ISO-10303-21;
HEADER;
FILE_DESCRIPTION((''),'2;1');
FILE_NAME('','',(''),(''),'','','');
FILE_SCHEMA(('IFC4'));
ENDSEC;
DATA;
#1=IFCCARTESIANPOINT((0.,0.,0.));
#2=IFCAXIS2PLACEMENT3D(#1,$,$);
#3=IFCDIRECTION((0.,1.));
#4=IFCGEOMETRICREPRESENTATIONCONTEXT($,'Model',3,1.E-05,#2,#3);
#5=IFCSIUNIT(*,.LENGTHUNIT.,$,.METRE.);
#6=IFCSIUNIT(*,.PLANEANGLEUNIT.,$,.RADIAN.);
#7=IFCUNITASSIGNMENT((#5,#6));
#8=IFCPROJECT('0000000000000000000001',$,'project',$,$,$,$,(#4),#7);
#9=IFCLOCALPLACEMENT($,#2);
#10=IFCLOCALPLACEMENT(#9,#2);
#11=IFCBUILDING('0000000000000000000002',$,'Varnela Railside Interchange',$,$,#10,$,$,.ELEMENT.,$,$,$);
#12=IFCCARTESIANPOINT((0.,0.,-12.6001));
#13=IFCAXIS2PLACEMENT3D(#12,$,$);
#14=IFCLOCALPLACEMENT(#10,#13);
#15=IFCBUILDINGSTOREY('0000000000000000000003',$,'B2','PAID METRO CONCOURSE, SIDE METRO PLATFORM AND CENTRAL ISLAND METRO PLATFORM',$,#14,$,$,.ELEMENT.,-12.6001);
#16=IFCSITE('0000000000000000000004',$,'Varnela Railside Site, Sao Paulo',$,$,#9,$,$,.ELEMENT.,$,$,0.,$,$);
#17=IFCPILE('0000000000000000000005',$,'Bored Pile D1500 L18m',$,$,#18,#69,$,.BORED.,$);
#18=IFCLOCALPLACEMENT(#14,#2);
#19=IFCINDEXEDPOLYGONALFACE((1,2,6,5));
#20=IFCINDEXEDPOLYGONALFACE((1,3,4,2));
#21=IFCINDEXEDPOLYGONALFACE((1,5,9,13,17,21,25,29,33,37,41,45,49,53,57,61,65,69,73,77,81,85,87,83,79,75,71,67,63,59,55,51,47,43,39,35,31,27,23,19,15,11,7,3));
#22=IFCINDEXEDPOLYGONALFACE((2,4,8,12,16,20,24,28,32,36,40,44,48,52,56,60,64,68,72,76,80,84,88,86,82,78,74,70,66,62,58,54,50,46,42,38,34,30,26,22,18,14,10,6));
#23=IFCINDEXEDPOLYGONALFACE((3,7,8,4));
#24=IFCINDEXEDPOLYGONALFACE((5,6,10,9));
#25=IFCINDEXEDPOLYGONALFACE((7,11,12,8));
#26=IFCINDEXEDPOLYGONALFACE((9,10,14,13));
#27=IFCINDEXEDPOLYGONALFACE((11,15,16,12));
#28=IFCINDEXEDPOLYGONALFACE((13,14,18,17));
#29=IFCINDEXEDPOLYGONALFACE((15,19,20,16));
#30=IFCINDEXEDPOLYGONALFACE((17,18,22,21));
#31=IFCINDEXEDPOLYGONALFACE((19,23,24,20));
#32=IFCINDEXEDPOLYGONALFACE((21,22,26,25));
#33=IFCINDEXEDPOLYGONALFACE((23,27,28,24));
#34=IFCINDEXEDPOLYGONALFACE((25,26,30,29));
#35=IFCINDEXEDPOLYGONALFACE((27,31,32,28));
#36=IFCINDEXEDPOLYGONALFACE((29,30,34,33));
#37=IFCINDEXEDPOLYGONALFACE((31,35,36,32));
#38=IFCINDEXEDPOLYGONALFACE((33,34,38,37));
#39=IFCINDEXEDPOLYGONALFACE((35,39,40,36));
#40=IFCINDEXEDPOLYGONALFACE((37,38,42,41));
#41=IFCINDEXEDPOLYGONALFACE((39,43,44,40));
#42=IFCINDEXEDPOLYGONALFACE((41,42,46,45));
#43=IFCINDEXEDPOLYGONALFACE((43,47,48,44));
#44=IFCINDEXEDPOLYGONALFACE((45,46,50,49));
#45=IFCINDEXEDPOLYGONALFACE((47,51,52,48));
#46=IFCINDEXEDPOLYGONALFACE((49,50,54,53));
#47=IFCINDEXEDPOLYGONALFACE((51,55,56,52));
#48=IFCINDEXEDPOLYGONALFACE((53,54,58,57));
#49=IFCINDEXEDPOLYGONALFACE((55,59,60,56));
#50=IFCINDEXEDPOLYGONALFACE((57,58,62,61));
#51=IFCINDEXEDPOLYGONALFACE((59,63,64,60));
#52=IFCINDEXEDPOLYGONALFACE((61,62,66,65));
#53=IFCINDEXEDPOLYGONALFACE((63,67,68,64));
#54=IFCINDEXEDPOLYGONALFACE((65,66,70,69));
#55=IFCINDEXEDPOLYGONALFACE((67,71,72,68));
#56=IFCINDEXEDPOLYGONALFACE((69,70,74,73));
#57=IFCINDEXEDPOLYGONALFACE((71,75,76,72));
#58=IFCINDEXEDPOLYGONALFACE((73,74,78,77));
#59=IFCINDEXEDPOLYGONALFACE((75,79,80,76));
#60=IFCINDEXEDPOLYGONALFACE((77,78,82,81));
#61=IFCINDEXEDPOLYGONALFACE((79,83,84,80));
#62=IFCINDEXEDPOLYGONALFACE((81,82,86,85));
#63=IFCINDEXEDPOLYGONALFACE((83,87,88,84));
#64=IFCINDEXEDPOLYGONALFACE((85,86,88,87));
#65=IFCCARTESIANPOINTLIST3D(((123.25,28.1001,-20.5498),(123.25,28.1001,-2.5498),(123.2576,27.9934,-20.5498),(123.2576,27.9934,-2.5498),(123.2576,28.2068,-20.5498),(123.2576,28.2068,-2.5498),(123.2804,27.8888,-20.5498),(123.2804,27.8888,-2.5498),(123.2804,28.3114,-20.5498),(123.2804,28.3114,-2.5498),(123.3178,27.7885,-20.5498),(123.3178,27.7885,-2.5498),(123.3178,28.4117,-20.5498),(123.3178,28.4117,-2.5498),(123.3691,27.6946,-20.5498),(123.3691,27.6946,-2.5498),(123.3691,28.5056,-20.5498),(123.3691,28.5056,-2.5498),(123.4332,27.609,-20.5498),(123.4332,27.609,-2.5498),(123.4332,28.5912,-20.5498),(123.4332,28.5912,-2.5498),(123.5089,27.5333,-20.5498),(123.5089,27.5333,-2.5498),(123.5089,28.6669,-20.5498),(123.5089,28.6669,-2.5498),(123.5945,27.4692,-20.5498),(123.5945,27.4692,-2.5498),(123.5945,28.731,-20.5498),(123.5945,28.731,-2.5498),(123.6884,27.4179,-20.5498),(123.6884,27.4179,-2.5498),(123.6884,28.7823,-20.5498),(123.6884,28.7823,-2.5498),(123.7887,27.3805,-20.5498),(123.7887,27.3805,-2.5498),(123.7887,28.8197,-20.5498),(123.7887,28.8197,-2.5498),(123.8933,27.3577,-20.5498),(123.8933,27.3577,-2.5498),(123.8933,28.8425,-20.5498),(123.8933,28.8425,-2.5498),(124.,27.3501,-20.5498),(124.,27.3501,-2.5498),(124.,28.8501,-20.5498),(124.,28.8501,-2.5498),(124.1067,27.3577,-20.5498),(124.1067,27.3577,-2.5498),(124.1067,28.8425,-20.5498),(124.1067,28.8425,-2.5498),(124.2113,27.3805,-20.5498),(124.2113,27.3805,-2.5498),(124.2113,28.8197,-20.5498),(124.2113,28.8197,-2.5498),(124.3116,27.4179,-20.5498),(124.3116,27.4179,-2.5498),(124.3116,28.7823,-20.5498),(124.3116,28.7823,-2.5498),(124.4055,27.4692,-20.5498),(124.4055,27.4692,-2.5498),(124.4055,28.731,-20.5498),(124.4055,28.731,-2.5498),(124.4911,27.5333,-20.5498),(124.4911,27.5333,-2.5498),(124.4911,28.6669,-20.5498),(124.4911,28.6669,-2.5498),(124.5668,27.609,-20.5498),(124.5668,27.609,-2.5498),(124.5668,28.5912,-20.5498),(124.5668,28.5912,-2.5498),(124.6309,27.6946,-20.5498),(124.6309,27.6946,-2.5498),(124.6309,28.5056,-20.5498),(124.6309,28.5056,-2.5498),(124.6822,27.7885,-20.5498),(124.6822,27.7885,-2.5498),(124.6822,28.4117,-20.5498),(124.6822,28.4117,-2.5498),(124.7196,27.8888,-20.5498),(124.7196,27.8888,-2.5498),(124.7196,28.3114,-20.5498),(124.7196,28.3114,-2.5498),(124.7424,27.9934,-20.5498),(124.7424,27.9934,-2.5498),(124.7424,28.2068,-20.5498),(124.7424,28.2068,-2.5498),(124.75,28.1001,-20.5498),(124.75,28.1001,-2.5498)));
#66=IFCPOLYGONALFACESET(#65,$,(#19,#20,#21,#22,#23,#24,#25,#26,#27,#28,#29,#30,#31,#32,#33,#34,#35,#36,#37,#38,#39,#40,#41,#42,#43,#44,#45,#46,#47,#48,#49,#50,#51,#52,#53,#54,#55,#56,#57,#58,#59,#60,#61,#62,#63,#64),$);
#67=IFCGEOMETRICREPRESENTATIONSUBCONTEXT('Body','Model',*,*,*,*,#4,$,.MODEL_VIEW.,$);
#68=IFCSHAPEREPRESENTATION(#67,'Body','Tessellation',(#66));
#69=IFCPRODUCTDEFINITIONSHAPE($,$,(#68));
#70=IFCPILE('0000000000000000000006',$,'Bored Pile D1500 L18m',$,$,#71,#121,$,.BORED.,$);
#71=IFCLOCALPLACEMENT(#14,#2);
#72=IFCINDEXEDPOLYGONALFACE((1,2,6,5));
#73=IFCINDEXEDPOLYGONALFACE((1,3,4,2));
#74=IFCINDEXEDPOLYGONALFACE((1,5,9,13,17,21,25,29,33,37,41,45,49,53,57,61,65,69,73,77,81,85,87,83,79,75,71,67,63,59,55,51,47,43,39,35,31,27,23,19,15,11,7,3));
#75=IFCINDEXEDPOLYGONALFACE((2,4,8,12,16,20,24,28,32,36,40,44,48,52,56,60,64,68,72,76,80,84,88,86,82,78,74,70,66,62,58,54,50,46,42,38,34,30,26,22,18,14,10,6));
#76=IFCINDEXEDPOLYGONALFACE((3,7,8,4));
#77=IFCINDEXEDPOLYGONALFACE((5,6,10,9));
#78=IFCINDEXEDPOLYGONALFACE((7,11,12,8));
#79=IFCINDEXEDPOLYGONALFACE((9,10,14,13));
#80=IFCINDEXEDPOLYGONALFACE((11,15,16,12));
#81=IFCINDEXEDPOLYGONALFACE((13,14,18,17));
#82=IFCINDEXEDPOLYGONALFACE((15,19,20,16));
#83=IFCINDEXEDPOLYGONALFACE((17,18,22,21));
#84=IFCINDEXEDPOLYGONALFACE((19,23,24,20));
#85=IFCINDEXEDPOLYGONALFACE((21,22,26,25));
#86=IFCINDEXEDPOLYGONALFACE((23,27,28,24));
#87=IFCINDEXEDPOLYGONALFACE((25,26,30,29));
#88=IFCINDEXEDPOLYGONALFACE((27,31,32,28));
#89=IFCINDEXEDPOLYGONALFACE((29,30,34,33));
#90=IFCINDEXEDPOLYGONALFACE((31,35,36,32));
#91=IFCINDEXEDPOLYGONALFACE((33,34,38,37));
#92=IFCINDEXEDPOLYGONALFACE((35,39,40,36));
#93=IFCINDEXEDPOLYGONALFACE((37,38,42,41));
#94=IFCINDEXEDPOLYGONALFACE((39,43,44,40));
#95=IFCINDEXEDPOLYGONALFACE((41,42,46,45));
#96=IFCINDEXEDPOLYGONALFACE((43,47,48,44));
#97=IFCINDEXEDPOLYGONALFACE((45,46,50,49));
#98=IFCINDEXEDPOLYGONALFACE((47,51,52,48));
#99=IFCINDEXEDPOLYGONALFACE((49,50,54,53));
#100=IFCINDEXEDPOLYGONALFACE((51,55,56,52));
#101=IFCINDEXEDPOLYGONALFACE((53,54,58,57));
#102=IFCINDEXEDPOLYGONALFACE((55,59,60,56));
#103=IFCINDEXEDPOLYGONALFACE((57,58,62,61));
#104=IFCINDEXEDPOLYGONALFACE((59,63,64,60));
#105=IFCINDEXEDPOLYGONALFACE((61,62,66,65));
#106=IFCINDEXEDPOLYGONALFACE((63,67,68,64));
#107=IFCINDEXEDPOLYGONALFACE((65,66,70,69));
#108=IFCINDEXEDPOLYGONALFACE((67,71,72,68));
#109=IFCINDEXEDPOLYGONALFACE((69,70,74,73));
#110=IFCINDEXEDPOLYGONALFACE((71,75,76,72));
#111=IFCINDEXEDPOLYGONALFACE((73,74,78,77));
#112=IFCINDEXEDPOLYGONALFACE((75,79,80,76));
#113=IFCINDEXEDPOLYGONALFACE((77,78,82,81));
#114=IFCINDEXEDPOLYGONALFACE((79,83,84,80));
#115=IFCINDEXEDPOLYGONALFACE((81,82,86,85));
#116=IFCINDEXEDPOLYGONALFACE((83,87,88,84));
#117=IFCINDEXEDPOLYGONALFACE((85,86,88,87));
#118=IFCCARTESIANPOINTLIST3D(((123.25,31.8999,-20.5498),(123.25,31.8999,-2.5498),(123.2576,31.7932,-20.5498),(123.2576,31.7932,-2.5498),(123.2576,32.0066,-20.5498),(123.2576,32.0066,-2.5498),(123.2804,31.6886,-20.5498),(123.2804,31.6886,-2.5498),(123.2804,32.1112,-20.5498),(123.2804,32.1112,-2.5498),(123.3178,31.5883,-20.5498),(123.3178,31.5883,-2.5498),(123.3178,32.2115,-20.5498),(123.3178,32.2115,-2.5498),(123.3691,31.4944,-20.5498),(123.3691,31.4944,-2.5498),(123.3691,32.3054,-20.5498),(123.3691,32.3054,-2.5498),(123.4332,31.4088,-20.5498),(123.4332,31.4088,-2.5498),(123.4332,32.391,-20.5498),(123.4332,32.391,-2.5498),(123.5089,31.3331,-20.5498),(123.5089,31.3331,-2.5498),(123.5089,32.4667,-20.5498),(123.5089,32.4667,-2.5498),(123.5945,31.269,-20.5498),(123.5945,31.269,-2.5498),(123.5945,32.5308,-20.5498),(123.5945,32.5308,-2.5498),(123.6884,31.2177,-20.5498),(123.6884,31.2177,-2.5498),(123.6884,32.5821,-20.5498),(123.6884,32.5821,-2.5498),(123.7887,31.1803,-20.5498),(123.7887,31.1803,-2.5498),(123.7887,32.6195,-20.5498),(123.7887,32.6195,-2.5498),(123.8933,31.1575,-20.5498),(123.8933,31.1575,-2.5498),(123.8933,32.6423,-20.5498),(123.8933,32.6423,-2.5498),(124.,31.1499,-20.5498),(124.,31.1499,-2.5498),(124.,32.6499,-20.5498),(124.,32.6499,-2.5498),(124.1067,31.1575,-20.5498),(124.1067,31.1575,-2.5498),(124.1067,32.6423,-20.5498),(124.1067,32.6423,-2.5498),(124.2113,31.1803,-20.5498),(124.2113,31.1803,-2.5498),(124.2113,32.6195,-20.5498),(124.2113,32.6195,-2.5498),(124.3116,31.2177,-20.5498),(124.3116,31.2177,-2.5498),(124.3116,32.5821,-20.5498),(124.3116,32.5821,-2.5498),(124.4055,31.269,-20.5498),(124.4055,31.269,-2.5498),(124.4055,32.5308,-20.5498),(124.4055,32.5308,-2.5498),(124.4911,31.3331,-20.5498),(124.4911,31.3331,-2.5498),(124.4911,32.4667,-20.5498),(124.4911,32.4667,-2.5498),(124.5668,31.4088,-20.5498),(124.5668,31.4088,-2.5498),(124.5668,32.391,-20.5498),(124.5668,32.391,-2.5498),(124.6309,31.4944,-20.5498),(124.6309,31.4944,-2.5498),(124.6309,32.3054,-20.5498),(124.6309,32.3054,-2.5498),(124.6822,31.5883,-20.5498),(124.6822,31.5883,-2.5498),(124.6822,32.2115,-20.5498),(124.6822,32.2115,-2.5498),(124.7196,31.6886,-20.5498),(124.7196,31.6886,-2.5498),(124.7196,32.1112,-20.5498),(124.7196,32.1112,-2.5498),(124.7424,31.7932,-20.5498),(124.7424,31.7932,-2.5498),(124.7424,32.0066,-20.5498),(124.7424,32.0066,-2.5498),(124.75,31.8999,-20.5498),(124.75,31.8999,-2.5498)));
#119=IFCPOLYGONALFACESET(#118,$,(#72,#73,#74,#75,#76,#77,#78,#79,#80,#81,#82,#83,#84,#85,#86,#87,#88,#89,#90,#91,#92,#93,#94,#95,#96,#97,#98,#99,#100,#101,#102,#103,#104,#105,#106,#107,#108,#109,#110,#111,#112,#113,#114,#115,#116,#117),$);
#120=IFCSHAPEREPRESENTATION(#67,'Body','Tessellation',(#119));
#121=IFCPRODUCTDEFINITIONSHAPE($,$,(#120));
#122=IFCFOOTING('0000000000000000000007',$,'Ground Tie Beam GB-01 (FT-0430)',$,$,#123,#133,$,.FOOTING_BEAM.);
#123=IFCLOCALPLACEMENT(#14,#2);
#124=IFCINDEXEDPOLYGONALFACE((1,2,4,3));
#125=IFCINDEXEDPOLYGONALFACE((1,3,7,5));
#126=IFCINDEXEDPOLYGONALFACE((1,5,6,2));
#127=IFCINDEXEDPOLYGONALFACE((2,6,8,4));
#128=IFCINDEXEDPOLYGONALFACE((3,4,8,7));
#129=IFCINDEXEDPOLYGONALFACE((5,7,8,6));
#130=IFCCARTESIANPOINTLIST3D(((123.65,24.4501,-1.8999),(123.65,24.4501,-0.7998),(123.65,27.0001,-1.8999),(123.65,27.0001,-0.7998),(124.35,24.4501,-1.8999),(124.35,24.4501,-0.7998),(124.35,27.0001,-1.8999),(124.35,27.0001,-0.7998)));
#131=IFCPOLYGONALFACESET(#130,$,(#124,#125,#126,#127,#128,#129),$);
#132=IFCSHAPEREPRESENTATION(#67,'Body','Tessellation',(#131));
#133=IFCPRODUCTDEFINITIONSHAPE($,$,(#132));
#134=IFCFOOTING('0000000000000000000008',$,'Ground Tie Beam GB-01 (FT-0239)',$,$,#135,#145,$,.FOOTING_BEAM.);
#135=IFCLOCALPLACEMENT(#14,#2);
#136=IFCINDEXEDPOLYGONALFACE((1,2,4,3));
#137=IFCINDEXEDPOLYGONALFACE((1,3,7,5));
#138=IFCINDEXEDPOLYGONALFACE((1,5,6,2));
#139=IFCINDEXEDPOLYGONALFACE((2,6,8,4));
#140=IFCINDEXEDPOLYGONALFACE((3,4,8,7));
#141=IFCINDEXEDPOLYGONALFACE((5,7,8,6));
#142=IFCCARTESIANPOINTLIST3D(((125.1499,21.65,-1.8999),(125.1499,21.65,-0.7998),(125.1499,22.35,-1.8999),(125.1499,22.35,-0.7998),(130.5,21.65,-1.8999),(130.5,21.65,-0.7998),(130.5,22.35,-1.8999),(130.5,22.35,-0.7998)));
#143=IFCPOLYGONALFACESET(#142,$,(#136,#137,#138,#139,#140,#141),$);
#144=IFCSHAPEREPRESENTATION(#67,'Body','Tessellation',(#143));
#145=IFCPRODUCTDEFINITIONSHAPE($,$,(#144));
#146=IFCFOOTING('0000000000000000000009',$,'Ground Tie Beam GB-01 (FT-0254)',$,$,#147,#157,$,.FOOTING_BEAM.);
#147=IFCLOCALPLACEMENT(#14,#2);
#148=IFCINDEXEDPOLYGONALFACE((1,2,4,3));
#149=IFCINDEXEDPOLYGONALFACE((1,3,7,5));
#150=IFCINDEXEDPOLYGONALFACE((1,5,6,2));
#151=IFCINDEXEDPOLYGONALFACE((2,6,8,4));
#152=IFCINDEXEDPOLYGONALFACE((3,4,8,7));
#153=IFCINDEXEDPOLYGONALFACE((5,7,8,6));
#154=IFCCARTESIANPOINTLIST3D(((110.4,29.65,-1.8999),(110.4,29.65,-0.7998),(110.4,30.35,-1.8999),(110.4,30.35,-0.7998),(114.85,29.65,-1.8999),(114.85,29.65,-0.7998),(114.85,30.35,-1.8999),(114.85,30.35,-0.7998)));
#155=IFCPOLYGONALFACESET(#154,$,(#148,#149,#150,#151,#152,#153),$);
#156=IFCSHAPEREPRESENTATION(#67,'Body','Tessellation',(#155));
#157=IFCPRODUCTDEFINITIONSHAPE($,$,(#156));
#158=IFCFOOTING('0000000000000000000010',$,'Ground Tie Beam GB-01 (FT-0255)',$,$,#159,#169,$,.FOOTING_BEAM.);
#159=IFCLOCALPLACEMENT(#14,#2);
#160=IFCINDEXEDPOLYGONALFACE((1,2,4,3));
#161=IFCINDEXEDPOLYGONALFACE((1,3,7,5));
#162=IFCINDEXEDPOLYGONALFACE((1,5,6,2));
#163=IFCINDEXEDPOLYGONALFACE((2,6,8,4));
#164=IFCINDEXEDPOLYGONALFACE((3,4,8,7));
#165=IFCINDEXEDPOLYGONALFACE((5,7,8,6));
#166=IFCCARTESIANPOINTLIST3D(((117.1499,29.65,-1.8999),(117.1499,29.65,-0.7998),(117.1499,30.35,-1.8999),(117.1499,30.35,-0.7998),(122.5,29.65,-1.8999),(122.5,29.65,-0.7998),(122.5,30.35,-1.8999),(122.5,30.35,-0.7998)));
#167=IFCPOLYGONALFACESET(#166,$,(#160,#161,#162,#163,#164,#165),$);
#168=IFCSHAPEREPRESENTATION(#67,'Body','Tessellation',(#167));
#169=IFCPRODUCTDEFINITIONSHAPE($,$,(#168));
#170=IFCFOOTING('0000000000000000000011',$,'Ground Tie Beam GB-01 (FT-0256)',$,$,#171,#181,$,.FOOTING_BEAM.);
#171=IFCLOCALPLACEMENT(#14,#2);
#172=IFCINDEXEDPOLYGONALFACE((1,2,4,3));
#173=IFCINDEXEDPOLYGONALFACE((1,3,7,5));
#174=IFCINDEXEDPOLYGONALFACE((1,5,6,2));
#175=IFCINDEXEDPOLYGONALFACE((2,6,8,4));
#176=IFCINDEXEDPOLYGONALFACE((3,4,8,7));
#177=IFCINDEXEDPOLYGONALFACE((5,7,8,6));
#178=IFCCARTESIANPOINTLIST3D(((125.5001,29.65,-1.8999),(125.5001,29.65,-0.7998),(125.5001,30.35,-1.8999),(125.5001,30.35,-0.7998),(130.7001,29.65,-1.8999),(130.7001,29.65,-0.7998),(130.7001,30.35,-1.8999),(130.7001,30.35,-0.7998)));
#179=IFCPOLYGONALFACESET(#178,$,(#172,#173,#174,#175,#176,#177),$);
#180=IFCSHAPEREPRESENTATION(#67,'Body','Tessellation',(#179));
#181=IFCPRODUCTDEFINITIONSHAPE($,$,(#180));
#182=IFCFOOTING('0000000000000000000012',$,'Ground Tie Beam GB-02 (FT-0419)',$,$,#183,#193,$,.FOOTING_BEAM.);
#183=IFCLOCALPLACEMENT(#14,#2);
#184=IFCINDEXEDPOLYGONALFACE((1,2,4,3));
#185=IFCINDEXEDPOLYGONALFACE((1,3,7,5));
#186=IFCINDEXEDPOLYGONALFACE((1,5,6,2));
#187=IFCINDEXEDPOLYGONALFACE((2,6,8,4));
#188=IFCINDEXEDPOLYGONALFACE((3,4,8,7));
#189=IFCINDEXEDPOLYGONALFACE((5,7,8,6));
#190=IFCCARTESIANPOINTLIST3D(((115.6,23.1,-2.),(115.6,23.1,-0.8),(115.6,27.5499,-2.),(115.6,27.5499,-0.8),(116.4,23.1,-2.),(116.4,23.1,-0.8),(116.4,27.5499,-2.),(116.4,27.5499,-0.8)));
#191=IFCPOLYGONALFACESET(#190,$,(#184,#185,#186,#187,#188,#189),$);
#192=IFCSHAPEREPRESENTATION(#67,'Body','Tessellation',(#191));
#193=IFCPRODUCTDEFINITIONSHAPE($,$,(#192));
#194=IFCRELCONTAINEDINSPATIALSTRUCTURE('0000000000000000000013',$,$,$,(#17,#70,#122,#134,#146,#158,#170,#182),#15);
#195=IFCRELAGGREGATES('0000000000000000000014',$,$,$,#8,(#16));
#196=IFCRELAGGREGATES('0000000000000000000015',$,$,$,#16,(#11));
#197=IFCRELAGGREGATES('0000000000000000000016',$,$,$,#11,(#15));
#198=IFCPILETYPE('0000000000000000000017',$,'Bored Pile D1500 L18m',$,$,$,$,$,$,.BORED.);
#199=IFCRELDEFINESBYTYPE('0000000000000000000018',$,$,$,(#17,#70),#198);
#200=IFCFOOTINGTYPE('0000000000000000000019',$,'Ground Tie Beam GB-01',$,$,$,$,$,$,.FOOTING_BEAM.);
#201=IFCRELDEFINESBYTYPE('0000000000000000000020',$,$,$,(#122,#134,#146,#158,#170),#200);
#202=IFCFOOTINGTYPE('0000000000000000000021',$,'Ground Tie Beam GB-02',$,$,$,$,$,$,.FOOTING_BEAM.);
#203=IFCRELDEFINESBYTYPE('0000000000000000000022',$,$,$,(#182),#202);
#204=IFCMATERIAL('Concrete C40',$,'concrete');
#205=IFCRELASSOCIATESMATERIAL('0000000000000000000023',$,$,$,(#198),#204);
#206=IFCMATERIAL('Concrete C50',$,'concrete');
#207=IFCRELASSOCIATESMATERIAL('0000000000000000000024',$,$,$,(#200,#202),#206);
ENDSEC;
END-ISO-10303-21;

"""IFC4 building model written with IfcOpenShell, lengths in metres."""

from ifc_helpers import new_model, si_unit, direction, frame, origin, origin_2d, place, context, subcontext, project, spatial, rectangle, circle, extrude, material, material_profile, profile_set, type_object, element, save


model = new_model("IFC4")

# Units and contexts
model_context = context("Model", 3, precision=1e-05, world=origin(), true_north=direction((0.0, 1.0)))
body_context = subcontext(model_context, "Body", "Model", "MODEL_VIEW")
ifc_project = project(units=[si_unit("LENGTHUNIT", "METRE"), si_unit("PLANEANGLEUNIT", "RADIAN")], contexts=[model_context])

# Site, building, storey
site_placement = place(None, origin())
site = spatial("IfcSite", under=ifc_project, at=site_placement, Name="Varnela Railside Site, Sao Paulo", CompositionType="ELEMENT", RefElevation=0.0)
building_placement = place(site_placement, origin())
building = spatial("IfcBuilding", under=site, at=building_placement, Name="Varnela Railside Interchange", CompositionType="ELEMENT")
storey_placement = place(building_placement, frame((0.0, 0.0, -12.6001)))
storey = spatial("IfcBuildingStorey", under=building, at=storey_placement, Name="B2", Description="PAID METRO CONCOURSE, SIDE METRO PLATFORM AND CENTRAL ISLAND METRO PLATFORM", CompositionType="ELEMENT", Elevation=-12.6001)

# Piles
ifc_material_1 = material(Name="Concrete C40", Category="concrete")
ifc_material_profile_1 = material_profile(ifc_material_1, circle(Radius=0.75, at=origin_2d()), Name="BORED PILE D1500")
ifc_profile_set_1 = profile_set([ifc_material_profile_1], Name="Concrete C40")
pile_type_1 = type_object("IfcPileType", Name="Bored Pile D1500 L18m", PredefinedType="BORED", material=ifc_profile_set_1)
for number, where, z_axis, x_axis, name in (
    (1, (124.0, 28.1001, -2.5498), (0.0, 0.0, -1.0), (1.0, 0.0, 0.0), "Bored Pile D1500 L18m"),
    (2, (124.0, 31.8999, -2.5498), (0.0, 0.0, -1.0), (1.0, 0.0, 0.0), "Bored Pile D1500 L18m"),
):
    element("IfcPile", number, at=place(storey_placement, frame(where, z_axis=z_axis, x_axis=x_axis)), inside=storey, type_object=pile_type_1, Name=name, PredefinedType="BORED", context=body_context, shape_type="SweptSolid", body=[
        extrude(circle(Radius=0.75, at=origin_2d()), origin(), (0.0, 0.0, 1.0), 18.0),
    ])

# Footings
ifc_material_2 = material(Name="Concrete C50", Category="concrete")
footing_type_1 = type_object("IfcFootingType", Name="Ground Tie Beam GB-01", PredefinedType="FOOTING_BEAM", material=ifc_material_2)
footing_1_placement = place(storey_placement, frame((124.0, 25.7251, -1.8999), z_axis=(0.0, 0.0, 1.0), x_axis=(1.0, 0.0, 0.0)))
element("IfcFooting", 3, at=footing_1_placement, inside=storey, type_object=footing_type_1, Name="Ground Tie Beam GB-01 (FT-0430)", PredefinedType="FOOTING_BEAM", context=body_context, shape_type="SweptSolid", body=[
    extrude(rectangle(XDim=0.7, YDim=2.55, at=origin_2d()), origin(), (0.0, 0.0, 1.0), 1.1001),
])
footing_2_placement = place(storey_placement, frame((127.825, 22.0, -1.8999), z_axis=(0.0, 0.0, 1.0), x_axis=(1.0, 0.0, 0.0)))
element("IfcFooting", 4, at=footing_2_placement, inside=storey, type_object=footing_type_1, Name="Ground Tie Beam GB-01 (FT-0239)", PredefinedType="FOOTING_BEAM", context=body_context, shape_type="SweptSolid", body=[
    extrude(rectangle(XDim=5.3501, YDim=0.7, at=origin_2d()), origin(), (0.0, 0.0, 1.0), 1.1001),
])
footing_3_placement = place(storey_placement, frame((112.625, 30.0, -1.8999), z_axis=(0.0, 0.0, 1.0), x_axis=(1.0, 0.0, 0.0)))
element("IfcFooting", 5, at=footing_3_placement, inside=storey, type_object=footing_type_1, Name="Ground Tie Beam GB-01 (FT-0254)", PredefinedType="FOOTING_BEAM", context=body_context, shape_type="SweptSolid", body=[
    extrude(rectangle(XDim=4.45, YDim=0.7, at=origin_2d()), origin(), (0.0, 0.0, 1.0), 1.1001),
])
footing_4_placement = place(storey_placement, frame((119.825, 30.0, -1.8999), z_axis=(0.0, 0.0, 1.0), x_axis=(1.0, 0.0, 0.0)))
element("IfcFooting", 6, at=footing_4_placement, inside=storey, type_object=footing_type_1, Name="Ground Tie Beam GB-01 (FT-0255)", PredefinedType="FOOTING_BEAM", context=body_context, shape_type="SweptSolid", body=[
    extrude(rectangle(XDim=5.3501, YDim=0.7, at=origin_2d()), origin(), (0.0, 0.0, 1.0), 1.1001),
])
footing_5_placement = place(storey_placement, frame((128.1001, 30.0, -1.8999), z_axis=(0.0, 0.0, 1.0), x_axis=(1.0, 0.0, 0.0)))
element("IfcFooting", 7, at=footing_5_placement, inside=storey, type_object=footing_type_1, Name="Ground Tie Beam GB-01 (FT-0256)", PredefinedType="FOOTING_BEAM", context=body_context, shape_type="SweptSolid", body=[
    extrude(rectangle(XDim=5.2, YDim=0.7, at=origin_2d()), origin(), (0.0, 0.0, 1.0), 1.1001),
])
footing_type_2 = type_object("IfcFootingType", Name="Ground Tie Beam GB-02", PredefinedType="FOOTING_BEAM", material=ifc_material_2)
footing_6_placement = place(storey_placement, frame((116.0, 25.325, -2.0), z_axis=(0.0, 0.0, 1.0), x_axis=(1.0, 0.0, 0.0)))
element("IfcFooting", 8, at=footing_6_placement, inside=storey, type_object=footing_type_2, Name="Ground Tie Beam GB-02 (FT-0419)", PredefinedType="FOOTING_BEAM", context=body_context, shape_type="SweptSolid", body=[
    extrude(rectangle(XDim=0.8, YDim=4.45, at=origin_2d()), origin(), (0.0, 0.0, 1.0), 1.2),
])

save(model, "model.ifc")
